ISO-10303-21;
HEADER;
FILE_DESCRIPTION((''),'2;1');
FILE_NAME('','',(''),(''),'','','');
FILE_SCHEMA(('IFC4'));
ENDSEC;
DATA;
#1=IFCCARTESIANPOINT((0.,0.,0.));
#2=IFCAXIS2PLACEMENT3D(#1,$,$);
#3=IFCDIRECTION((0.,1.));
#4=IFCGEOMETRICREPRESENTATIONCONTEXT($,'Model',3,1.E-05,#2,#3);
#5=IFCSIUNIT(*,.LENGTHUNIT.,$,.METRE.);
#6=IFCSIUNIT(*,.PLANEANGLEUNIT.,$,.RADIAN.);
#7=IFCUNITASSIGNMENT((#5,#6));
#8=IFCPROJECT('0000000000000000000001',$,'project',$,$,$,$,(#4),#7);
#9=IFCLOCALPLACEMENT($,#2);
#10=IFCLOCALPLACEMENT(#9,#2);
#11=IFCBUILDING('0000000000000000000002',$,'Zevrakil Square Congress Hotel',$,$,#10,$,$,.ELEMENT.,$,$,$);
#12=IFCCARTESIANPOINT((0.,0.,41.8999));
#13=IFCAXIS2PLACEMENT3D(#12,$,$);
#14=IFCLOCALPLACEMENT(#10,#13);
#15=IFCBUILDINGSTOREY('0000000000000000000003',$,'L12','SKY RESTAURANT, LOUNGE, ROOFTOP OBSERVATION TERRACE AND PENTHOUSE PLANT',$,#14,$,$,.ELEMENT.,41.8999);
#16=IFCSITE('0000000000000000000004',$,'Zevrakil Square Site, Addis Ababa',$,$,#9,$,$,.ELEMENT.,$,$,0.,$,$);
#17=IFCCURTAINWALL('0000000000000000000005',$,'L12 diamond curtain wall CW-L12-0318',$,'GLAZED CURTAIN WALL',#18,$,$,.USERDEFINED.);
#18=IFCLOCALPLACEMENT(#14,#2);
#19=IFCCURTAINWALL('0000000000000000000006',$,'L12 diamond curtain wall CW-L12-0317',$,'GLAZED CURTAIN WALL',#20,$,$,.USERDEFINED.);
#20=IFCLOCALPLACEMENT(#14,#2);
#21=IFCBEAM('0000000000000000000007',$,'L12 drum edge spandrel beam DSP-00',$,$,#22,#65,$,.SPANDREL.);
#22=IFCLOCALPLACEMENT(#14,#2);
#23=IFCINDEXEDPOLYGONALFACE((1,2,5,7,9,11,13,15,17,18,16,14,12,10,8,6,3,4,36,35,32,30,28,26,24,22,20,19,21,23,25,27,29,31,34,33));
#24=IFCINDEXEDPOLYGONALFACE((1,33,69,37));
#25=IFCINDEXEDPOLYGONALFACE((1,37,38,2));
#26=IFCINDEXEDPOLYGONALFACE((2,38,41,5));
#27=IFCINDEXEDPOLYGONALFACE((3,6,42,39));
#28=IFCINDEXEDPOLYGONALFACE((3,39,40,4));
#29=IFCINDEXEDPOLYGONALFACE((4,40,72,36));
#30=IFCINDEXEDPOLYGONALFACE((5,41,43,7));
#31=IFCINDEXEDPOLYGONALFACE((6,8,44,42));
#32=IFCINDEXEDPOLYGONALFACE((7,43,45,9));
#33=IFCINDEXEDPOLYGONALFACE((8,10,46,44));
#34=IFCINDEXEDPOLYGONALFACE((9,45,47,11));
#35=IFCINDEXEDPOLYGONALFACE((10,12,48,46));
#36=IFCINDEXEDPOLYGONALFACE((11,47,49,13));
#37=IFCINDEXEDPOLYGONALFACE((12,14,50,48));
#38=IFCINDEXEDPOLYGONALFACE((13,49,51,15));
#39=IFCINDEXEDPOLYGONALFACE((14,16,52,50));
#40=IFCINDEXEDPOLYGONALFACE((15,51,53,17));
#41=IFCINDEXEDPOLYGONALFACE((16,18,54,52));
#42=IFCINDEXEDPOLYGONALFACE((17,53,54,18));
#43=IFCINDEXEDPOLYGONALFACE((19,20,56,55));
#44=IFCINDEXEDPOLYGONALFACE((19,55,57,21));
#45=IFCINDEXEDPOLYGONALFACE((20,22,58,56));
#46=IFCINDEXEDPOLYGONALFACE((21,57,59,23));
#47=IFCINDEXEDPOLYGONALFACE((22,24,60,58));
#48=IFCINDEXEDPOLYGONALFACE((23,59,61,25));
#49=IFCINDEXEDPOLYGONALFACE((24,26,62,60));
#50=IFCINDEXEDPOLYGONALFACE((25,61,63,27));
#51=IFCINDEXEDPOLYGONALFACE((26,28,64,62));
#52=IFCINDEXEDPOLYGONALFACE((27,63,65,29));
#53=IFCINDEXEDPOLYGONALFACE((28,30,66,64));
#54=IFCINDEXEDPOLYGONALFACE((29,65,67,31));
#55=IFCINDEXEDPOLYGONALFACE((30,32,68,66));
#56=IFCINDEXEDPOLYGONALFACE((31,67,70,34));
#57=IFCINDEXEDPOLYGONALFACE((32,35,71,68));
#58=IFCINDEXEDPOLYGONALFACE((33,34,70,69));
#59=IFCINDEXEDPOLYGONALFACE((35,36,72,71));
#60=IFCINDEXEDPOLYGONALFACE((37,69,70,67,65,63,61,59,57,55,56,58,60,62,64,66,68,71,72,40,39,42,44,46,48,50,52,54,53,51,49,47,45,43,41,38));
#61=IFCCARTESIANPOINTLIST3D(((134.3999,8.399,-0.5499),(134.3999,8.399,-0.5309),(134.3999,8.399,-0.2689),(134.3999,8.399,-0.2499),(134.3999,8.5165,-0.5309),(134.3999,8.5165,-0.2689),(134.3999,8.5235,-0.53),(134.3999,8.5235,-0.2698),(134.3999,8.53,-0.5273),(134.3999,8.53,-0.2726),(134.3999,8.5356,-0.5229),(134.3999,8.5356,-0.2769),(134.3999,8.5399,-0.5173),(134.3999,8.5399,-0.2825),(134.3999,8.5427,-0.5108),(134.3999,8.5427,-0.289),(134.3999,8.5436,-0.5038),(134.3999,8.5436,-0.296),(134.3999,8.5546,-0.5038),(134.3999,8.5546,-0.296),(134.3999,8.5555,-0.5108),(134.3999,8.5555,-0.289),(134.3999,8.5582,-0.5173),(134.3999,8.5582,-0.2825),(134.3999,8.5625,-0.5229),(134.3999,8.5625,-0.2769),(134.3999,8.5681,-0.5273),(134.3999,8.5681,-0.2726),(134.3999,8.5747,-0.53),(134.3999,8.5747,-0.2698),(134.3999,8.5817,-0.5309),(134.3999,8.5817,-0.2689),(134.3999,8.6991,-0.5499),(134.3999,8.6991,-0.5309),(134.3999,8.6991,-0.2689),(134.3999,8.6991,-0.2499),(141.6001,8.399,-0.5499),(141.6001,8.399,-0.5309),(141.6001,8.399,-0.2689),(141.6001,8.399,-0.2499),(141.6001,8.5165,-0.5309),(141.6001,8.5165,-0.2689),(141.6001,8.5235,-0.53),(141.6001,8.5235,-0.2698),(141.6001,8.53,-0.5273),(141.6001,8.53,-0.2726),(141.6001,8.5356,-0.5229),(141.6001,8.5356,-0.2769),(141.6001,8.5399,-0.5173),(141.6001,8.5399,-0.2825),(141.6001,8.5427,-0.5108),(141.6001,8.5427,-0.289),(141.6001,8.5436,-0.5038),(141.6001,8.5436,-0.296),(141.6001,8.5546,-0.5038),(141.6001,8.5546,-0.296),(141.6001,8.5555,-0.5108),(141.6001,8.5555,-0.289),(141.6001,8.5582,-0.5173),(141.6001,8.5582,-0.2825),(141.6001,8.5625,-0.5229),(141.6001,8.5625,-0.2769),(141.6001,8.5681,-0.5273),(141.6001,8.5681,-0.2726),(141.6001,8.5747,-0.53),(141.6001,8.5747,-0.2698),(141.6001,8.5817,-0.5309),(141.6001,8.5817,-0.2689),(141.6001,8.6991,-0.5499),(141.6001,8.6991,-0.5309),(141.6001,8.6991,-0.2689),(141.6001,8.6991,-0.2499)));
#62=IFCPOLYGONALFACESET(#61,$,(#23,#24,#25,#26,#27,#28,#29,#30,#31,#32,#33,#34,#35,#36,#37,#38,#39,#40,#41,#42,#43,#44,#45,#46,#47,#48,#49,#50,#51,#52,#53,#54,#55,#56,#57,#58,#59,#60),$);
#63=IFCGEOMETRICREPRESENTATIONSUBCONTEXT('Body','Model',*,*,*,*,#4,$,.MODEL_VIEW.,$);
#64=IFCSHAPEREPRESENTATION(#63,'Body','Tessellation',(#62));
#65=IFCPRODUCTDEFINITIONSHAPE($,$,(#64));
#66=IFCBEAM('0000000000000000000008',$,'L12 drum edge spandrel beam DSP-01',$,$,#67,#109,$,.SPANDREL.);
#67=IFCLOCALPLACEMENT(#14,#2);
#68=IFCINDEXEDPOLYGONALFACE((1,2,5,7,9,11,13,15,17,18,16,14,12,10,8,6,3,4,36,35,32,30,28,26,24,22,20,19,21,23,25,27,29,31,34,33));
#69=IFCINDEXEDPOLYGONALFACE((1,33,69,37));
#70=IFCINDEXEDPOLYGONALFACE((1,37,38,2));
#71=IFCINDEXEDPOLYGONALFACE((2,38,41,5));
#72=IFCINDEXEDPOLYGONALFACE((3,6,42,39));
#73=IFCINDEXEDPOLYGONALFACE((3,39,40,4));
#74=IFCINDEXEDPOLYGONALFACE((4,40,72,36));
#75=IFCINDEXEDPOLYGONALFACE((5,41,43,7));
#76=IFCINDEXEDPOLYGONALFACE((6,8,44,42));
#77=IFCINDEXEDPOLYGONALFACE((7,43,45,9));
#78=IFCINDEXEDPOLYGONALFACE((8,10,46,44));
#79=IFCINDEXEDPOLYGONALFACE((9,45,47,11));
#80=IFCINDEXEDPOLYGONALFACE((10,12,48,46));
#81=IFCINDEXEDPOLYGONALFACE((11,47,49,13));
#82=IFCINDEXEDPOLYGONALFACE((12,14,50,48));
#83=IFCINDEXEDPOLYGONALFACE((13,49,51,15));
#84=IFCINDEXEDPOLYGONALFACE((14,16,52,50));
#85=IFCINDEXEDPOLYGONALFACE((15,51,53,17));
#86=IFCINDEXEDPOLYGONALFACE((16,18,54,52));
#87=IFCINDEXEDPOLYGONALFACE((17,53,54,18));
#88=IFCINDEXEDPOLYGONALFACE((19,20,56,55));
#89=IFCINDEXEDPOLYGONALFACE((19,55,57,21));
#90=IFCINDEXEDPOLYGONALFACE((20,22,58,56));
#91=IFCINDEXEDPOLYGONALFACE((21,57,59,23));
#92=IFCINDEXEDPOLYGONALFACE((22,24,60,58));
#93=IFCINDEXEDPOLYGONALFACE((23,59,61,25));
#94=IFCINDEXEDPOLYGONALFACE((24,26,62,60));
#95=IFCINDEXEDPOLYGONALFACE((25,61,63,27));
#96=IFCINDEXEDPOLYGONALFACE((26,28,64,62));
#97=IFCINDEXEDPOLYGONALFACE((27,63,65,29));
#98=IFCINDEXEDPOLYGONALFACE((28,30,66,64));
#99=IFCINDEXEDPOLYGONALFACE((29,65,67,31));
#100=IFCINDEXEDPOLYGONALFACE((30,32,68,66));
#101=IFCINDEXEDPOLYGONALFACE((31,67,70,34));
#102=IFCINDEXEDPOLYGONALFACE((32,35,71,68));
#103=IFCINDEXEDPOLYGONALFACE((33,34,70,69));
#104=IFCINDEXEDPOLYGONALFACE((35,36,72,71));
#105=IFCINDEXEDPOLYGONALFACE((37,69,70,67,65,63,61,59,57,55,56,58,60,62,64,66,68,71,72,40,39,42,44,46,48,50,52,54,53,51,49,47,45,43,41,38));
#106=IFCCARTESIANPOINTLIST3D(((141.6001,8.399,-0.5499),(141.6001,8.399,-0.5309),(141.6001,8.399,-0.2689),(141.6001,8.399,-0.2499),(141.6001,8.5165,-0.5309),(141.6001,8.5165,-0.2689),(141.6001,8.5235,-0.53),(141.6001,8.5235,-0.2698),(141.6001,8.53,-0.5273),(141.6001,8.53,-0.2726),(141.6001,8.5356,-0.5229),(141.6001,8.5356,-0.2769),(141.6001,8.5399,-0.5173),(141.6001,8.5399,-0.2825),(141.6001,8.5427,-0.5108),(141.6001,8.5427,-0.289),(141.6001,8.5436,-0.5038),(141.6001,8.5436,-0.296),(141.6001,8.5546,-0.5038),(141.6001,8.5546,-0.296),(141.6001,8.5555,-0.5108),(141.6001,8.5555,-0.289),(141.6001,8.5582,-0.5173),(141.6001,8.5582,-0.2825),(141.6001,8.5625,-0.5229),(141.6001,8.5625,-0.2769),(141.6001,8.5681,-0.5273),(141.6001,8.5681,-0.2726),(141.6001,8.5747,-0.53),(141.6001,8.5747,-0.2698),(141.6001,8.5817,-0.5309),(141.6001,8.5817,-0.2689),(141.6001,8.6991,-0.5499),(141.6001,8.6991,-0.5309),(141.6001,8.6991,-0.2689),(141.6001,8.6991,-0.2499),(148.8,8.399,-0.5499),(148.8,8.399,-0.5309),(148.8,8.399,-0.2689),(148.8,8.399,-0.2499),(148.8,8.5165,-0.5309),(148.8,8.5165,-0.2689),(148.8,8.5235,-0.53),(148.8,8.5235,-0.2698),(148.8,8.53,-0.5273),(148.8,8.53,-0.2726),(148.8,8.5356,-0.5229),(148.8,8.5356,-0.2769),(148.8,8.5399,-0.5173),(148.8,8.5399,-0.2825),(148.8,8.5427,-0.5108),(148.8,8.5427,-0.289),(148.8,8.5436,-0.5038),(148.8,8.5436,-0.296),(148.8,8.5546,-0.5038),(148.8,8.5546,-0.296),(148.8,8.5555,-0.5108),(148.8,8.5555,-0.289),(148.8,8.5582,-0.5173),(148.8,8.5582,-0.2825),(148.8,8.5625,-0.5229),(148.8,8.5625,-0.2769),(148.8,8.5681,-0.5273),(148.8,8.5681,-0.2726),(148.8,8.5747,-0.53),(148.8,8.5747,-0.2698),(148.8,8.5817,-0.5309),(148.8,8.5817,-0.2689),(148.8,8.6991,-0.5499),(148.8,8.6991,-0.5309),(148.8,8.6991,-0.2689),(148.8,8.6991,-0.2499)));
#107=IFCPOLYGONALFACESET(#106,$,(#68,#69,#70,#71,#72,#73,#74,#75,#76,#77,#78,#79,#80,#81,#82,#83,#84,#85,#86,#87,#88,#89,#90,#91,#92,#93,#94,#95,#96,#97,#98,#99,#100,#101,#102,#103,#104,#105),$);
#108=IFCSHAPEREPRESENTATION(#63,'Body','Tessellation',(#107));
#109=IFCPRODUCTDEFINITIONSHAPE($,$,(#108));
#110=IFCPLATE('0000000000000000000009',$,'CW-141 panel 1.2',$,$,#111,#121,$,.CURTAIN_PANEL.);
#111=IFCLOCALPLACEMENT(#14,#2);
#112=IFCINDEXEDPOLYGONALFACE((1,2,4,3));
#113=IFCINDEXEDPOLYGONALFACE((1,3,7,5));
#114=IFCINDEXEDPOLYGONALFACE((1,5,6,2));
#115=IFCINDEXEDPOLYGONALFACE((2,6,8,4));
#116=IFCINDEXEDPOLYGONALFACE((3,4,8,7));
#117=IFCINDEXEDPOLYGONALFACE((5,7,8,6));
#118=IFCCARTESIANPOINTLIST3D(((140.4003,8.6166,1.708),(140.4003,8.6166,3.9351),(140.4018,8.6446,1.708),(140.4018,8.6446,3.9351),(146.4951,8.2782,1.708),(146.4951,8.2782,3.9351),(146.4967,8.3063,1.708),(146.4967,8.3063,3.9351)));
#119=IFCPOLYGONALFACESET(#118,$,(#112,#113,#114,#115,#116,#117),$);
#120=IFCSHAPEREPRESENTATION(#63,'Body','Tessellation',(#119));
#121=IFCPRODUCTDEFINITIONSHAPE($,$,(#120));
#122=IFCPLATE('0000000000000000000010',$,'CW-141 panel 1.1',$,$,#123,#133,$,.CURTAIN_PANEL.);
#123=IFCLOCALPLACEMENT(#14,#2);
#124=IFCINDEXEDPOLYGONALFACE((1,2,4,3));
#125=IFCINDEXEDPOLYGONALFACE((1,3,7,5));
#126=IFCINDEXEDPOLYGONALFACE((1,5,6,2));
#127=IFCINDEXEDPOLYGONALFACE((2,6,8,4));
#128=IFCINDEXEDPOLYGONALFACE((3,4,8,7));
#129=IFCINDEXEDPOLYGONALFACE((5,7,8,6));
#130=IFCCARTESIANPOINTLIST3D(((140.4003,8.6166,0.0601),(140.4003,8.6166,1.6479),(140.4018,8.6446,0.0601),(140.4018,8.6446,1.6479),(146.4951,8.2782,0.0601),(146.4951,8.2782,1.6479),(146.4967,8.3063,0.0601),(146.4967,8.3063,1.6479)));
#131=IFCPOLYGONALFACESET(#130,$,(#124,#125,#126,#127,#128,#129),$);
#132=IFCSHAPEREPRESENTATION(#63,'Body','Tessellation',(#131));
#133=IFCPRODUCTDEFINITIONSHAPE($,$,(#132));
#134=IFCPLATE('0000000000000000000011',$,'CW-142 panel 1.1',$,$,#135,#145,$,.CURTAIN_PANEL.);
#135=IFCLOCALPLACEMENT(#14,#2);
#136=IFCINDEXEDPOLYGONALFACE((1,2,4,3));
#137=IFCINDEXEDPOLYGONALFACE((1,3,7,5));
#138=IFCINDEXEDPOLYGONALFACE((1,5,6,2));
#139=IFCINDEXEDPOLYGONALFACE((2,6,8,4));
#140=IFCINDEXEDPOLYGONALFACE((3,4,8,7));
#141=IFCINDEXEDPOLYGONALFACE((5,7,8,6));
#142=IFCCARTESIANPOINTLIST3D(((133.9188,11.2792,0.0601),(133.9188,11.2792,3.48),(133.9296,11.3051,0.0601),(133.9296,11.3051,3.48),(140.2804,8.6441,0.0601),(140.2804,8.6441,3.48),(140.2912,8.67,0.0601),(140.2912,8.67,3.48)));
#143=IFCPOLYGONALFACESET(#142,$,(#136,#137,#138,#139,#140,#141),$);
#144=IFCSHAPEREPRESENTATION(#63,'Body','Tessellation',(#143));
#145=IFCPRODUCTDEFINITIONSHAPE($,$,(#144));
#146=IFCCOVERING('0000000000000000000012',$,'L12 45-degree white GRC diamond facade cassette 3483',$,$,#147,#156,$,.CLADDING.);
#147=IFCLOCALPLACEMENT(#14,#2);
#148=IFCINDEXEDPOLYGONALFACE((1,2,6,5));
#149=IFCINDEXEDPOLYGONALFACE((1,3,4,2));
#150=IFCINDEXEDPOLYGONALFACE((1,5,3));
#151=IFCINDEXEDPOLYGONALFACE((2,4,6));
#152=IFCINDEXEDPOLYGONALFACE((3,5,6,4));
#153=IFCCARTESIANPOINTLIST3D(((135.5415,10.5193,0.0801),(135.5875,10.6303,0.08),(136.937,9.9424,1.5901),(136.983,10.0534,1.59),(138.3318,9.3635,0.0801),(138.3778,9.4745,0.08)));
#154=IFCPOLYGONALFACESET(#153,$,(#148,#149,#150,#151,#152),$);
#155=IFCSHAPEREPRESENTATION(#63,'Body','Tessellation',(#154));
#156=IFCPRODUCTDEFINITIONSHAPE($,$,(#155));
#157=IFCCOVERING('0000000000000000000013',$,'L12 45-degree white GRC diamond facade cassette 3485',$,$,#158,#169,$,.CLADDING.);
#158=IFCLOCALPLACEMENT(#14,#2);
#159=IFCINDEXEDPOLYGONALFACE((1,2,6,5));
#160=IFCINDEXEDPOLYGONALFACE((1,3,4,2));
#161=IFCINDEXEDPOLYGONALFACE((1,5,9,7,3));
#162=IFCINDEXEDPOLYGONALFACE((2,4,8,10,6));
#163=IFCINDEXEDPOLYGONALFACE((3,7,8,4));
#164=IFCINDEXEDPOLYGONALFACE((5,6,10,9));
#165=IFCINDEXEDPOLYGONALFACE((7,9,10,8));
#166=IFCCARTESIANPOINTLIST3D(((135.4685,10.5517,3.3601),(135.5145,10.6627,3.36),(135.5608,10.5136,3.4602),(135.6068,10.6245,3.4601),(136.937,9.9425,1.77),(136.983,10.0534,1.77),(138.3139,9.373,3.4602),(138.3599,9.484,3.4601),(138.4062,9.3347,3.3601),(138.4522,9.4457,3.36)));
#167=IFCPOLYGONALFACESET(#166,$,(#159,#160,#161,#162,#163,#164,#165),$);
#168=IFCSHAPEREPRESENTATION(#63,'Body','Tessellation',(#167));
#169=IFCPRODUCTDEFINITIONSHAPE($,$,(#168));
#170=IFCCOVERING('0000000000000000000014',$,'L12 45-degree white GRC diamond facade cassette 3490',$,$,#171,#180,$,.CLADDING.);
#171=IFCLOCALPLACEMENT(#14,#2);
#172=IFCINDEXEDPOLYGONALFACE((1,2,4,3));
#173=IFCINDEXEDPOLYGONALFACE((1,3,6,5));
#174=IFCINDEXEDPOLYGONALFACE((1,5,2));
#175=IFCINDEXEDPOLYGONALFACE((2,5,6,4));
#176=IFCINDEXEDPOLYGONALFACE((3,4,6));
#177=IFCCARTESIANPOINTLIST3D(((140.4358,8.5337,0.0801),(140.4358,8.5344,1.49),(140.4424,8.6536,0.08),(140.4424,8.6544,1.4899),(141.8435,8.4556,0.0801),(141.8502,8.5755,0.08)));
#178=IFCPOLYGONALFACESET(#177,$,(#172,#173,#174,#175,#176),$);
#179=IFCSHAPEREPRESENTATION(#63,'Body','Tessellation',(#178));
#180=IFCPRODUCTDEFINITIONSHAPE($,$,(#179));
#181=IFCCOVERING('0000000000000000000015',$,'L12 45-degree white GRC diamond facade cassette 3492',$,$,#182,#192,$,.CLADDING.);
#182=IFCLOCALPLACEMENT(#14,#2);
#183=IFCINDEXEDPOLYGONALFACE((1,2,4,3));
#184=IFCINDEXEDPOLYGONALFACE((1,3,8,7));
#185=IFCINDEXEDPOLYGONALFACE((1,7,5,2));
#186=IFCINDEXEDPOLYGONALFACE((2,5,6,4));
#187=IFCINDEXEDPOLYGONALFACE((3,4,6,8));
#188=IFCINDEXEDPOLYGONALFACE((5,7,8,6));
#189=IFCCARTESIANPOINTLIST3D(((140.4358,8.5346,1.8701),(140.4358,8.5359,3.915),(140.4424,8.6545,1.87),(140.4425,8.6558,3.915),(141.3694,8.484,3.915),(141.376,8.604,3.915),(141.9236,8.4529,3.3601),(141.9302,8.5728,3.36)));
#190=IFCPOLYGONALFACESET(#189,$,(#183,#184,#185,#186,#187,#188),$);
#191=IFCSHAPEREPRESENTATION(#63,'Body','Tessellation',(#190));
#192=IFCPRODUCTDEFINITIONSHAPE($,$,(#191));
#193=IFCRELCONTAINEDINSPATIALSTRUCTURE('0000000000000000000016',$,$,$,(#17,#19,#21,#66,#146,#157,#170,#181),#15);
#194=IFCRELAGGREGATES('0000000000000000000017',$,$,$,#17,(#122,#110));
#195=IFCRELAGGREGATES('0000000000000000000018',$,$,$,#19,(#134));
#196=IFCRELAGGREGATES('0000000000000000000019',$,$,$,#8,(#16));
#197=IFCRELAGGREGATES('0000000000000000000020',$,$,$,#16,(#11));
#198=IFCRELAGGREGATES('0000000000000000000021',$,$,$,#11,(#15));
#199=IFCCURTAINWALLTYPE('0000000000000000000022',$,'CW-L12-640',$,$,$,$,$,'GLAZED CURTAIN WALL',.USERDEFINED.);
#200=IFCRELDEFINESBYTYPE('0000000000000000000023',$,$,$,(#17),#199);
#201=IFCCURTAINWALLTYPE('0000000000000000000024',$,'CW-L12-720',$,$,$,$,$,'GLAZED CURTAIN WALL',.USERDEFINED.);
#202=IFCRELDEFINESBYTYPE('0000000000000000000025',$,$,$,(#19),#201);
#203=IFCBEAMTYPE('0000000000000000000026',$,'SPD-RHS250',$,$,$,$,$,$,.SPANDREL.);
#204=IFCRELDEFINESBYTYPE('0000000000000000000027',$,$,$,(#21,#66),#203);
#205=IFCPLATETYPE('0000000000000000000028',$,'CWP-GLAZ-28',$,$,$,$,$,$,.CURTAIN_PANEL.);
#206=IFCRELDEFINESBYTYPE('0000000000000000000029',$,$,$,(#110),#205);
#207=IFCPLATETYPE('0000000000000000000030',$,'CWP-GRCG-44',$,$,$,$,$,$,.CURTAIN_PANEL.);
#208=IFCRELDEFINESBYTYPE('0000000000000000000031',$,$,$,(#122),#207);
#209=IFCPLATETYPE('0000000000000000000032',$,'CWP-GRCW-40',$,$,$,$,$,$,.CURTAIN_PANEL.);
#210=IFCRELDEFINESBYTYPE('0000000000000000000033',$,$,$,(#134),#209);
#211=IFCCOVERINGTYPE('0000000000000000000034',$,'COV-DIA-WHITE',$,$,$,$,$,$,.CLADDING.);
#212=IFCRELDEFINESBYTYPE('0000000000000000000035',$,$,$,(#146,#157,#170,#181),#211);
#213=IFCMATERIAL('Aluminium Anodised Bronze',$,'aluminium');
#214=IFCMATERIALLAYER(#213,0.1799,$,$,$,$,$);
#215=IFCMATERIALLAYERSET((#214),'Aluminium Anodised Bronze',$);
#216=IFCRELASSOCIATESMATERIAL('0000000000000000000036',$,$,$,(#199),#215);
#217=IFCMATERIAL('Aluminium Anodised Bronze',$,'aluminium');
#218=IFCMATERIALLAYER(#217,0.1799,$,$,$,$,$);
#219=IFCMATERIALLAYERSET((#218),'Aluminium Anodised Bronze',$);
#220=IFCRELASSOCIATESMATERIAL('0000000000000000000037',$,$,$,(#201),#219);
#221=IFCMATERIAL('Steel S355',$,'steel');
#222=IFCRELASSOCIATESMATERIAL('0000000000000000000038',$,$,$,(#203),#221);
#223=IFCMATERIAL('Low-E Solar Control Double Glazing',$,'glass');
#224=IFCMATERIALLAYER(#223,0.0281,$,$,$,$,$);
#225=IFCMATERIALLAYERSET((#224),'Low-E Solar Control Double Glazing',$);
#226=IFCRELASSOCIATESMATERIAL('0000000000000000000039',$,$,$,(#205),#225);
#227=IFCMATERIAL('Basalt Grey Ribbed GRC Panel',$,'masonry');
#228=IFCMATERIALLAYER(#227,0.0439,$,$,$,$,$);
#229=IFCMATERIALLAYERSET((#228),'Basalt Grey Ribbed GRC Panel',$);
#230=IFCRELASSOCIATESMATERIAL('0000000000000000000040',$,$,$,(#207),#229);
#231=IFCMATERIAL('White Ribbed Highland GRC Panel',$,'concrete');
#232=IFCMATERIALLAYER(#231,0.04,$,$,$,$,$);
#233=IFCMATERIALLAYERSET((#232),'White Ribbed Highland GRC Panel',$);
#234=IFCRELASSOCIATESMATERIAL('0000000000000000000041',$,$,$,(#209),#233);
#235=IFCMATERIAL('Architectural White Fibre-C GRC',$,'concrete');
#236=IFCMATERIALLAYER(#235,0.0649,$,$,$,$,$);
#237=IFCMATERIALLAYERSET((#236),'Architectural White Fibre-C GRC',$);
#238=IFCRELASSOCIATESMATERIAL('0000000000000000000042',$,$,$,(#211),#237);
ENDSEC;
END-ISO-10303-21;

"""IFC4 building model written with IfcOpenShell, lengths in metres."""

from ifc_helpers import new_model, si_unit, direction, frame, origin, origin_2d, place, context, subcontext, project, spatial, polyline, rectangle, i_section, outline, extrude, material, layer, layer_set, material_profile, profile_set, type_object, element, aggregate, save


model = new_model("IFC4")

# Units and contexts
model_context = context("Model", 3, precision=1e-05, world=origin(), true_north=direction((0.0, 1.0)))
body_context = subcontext(model_context, "Body", "Model", "MODEL_VIEW")
ifc_project = project(units=[si_unit("LENGTHUNIT", "METRE"), si_unit("PLANEANGLEUNIT", "RADIAN")], contexts=[model_context])

# Site, building, storey
site_placement = place(None, origin())
site = spatial("IfcSite", under=ifc_project, at=site_placement, Name="Zevrakil Square Site, Addis Ababa", CompositionType="ELEMENT", RefElevation=0.0)
building_placement = place(site_placement, origin())
building = spatial("IfcBuilding", under=site, at=building_placement, Name="Zevrakil Square Congress Hotel", CompositionType="ELEMENT")
storey_placement = place(building_placement, frame((0.0, 0.0, 41.8999)))
storey = spatial("IfcBuildingStorey", under=building, at=storey_placement, Name="L12", Description="SKY RESTAURANT, LOUNGE, ROOFTOP OBSERVATION TERRACE AND PENTHOUSE PLANT", CompositionType="ELEMENT", Elevation=41.8999)

# Curtain wall
ifc_material_1 = material(Name="Aluminium Anodised Bronze", Category="aluminium")
ifc_layer_1 = layer(ifc_material_1, 0.1799)
ifc_layer_set_1 = layer_set([ifc_layer_1], Name="Aluminium Anodised Bronze")
curtain_wall_type_1 = type_object("IfcCurtainWallType", Name="CW-L12-640", ElementType="GLAZED CURTAIN WALL", PredefinedType="USERDEFINED", material=ifc_layer_set_1)
curtain_wall_1_placement = place(storey_placement, origin())
curtain_wall_1 = element("IfcCurtainWall", 1, at=curtain_wall_1_placement, inside=storey, type_object=curtain_wall_type_1, Name="L12 diamond curtain wall CW-L12-0318", ObjectType="GLAZED CURTAIN WALL", PredefinedType="USERDEFINED")

# Curtain wall
ifc_material_2 = material(Name="Aluminium Anodised Bronze", Category="aluminium")
ifc_layer_2 = layer(ifc_material_2, 0.1799)
ifc_layer_set_2 = layer_set([ifc_layer_2], Name="Aluminium Anodised Bronze")
curtain_wall_type_2 = type_object("IfcCurtainWallType", Name="CW-L12-720", ElementType="GLAZED CURTAIN WALL", PredefinedType="USERDEFINED", material=ifc_layer_set_2)
curtain_wall_2_placement = place(storey_placement, origin())
curtain_wall_2 = element("IfcCurtainWall", 2, at=curtain_wall_2_placement, inside=storey, type_object=curtain_wall_type_2, Name="L12 diamond curtain wall CW-L12-0317", ObjectType="GLAZED CURTAIN WALL", PredefinedType="USERDEFINED")

# Beams
ifc_material_3 = material(Name="Steel S355", Category="steel")
ifc_material_profile_1 = material_profile(ifc_material_3, i_section(OverallWidth=0.3, OverallDepth=0.3, WebThickness=0.011, FlangeThickness=0.019, FilletRadius=0.0271, at=origin_2d()), Name="HEB 300")
ifc_profile_set_1 = profile_set([ifc_material_profile_1], Name="Steel S355")
beam_type_1 = type_object("IfcBeamType", Name="SPD-RHS250", PredefinedType="SPANDREL", material=ifc_profile_set_1)
beam_1_placement = place(storey_placement, frame((134.3999, 8.5491, -0.3999), z_axis=(1.0, 0.0, 0.0), x_axis=(0.0, 1.0, 0.0)))
element("IfcBeam", 3, at=beam_1_placement, inside=storey, type_object=beam_type_1, Name="L12 drum edge spandrel beam DSP-00", PredefinedType="SPANDREL", context=body_context, shape_type="SweptSolid", body=[
    extrude(i_section(OverallWidth=0.3, OverallDepth=0.3, WebThickness=0.011, FlangeThickness=0.019, FilletRadius=0.0271, at=origin_2d()), origin(), (0.0, 0.0, 1.0), 7.2002),
])
beam_2_placement = place(storey_placement, frame((141.6001, 8.5491, -0.3999), z_axis=(1.0, 0.0, 0.0), x_axis=(0.0, 1.0, 0.0)))
element("IfcBeam", 4, at=beam_2_placement, inside=storey, type_object=beam_type_1, Name="L12 drum edge spandrel beam DSP-01", PredefinedType="SPANDREL", context=body_context, shape_type="SweptSolid", body=[
    extrude(i_section(OverallWidth=0.3, OverallDepth=0.3, WebThickness=0.011, FlangeThickness=0.019, FilletRadius=0.0271, at=origin_2d()), origin(), (0.0, 0.0, 1.0), 7.2),
])

# Plates
ifc_material_4 = material(Name="Low-E Solar Control Double Glazing", Category="glass")
ifc_layer_3 = layer(ifc_material_4, 0.0281)
ifc_layer_set_3 = layer_set([ifc_layer_3], Name="Low-E Solar Control Double Glazing")
plate_type_1 = type_object("IfcPlateType", Name="CWP-GLAZ-28", PredefinedType="CURTAIN_PANEL", material=ifc_layer_set_3)
plate_1_placement = place(storey_placement, frame((143.4485, 8.4614, 1.708), z_axis=(0.0, 0.0, 1.0), x_axis=(0.998463, -0.055427, 0.0)))
plate_1 = element("IfcPlate", 5, at=plate_1_placement, type_object=plate_type_1, Name="CW-141 panel 1.2", PredefinedType="CURTAIN_PANEL", context=body_context, shape_type="SweptSolid", body=[
    extrude(rectangle(XDim=6.1042, YDim=0.0281, at=origin_2d()), origin(), (0.0, 0.0, 1.0), 2.2271),
])
ifc_material_5 = material(Name="Basalt Grey Ribbed GRC Panel", Category="masonry")
ifc_layer_4 = layer(ifc_material_5, 0.0439)
ifc_layer_set_4 = layer_set([ifc_layer_4], Name="Basalt Grey Ribbed GRC Panel")
plate_type_2 = type_object("IfcPlateType", Name="CWP-GRCG-44", PredefinedType="CURTAIN_PANEL", material=ifc_layer_set_4)
plate_2_placement = place(storey_placement, frame((143.4485, 8.4614, 0.0601), z_axis=(0.0, 0.0, 1.0), x_axis=(0.998463, -0.055427, 0.0)))
plate_2 = element("IfcPlate", 6, at=plate_2_placement, type_object=plate_type_2, Name="CW-141 panel 1.1", PredefinedType="CURTAIN_PANEL", context=body_context, shape_type="SweptSolid", body=[
    extrude(rectangle(XDim=6.1042, YDim=0.0281, at=origin_2d()), origin(), (0.0, 0.0, 1.0), 1.5879),
])
aggregate(curtain_wall_1, [plate_2, plate_1])
ifc_material_6 = material(Name="White Ribbed Highland GRC Panel", Category="concrete")
ifc_layer_5 = layer(ifc_material_6, 0.04)
ifc_layer_set_5 = layer_set([ifc_layer_5], Name="White Ribbed Highland GRC Panel")
plate_type_3 = type_object("IfcPlateType", Name="CWP-GRCW-40", PredefinedType="CURTAIN_PANEL", material=ifc_layer_set_5)
plate_3_placement = place(storey_placement, frame((137.105, 9.9746, 0.0601), z_axis=(0.0, 0.0, 1.0), x_axis=(0.923879, -0.382684, 0.0)))
plate_3 = element("IfcPlate", 7, at=plate_3_placement, type_object=plate_type_3, Name="CW-142 panel 1.1", PredefinedType="CURTAIN_PANEL", context=body_context, shape_type="SweptSolid", body=[
    extrude(rectangle(XDim=6.8857, YDim=0.0281, at=origin_2d()), origin(), (0.0, 0.0, 1.0), 3.4199),
])
aggregate(curtain_wall_2, [plate_3])

# Coverings
ifc_material_7 = material(Name="Architectural White Fibre-C GRC", Category="concrete")
ifc_layer_6 = layer(ifc_material_7, 0.0649)
ifc_layer_set_6 = layer_set([ifc_layer_6], Name="Architectural White Fibre-C GRC")
covering_type_1 = type_object("IfcCoveringType", Name="COV-DIA-WHITE", PredefinedType="CLADDING", material=ifc_layer_set_6)
covering_1_placement = place(storey_placement, frame((136.937, 9.9424, 1.5901), z_axis=(-0.38268, -0.923881, 0.00069), x_axis=(0.65312, -0.271057, -0.70708)))
element("IfcCovering", 8, at=covering_1_placement, inside=storey, type_object=covering_type_1, Name="L12 45-degree white GRC diamond facade cassette 3483", PredefinedType="CLADDING", context=body_context, shape_type="SweptSolid", body=[
    extrude(outline(polyline([(0.0, 0.0), (2.1356, 0.0), (-0.0001, -2.1355), (0.0, 0.0)])), origin(), (0.0, 0.0, -1.0), 0.1201),
])
covering_2_placement = place(storey_placement, frame((138.4062, 9.3347, 3.3601), z_axis=(-0.382731, -0.92386, 0.000521), x_axis=(-0.653379, 0.270279, -0.707139)))
element("IfcCovering", 9, at=covering_2_placement, inside=storey, type_object=covering_type_1, Name="L12 45-degree white GRC diamond facade cassette 3485", PredefinedType="CLADDING", context=body_context, shape_type="SweptSolid", body=[
    extrude(outline(polyline([(0.0, 0.0), (2.2486, 0.0), (2.2484, -2.2486), (2.107, -2.2487), (-0.0001, -0.1414), (0.0, 0.0)])), origin(), (0.0, 0.0, -1.0), 0.1201),
])
covering_3_placement = place(storey_placement, frame((141.8435, 8.4556, 0.0801), z_axis=(-0.055412, -0.998463, 0.000519), x_axis=(-0.998464, 0.055412, 0.0)))
element("IfcCovering", 10, at=covering_3_placement, inside=storey, type_object=covering_type_1, Name="L12 45-degree white GRC diamond facade cassette 3490", PredefinedType="CLADDING", context=body_context, shape_type="SweptSolid", body=[
    extrude(outline(polyline([(0.0, 0.0), (1.4099, 0.0), (1.4099, -1.4099), (0.0, 0.0)])), origin(), (0.0, 0.0, -1.0), 0.1201),
])
covering_4_placement = place(storey_placement, frame((141.9236, 8.4529, 3.3601), z_axis=(-0.055465, -0.99846, 0.000647), x_axis=(-0.706055, 0.038764, -0.707095)))
element("IfcCovering", 11, at=covering_4_placement, inside=storey, type_object=covering_type_1, Name="L12 45-degree white GRC diamond facade cassette 3492", PredefinedType="CLADDING", context=body_context, shape_type="SweptSolid", body=[
    extrude(outline(polyline([(0.0, 0.0), (2.1072, 0.0), (0.6613, -1.446), (0.0001, -0.7849), (0.0, 0.0)])), origin(), (0.0, 0.0, -1.0), 0.1201),
])

save(model, "model.ifc")
